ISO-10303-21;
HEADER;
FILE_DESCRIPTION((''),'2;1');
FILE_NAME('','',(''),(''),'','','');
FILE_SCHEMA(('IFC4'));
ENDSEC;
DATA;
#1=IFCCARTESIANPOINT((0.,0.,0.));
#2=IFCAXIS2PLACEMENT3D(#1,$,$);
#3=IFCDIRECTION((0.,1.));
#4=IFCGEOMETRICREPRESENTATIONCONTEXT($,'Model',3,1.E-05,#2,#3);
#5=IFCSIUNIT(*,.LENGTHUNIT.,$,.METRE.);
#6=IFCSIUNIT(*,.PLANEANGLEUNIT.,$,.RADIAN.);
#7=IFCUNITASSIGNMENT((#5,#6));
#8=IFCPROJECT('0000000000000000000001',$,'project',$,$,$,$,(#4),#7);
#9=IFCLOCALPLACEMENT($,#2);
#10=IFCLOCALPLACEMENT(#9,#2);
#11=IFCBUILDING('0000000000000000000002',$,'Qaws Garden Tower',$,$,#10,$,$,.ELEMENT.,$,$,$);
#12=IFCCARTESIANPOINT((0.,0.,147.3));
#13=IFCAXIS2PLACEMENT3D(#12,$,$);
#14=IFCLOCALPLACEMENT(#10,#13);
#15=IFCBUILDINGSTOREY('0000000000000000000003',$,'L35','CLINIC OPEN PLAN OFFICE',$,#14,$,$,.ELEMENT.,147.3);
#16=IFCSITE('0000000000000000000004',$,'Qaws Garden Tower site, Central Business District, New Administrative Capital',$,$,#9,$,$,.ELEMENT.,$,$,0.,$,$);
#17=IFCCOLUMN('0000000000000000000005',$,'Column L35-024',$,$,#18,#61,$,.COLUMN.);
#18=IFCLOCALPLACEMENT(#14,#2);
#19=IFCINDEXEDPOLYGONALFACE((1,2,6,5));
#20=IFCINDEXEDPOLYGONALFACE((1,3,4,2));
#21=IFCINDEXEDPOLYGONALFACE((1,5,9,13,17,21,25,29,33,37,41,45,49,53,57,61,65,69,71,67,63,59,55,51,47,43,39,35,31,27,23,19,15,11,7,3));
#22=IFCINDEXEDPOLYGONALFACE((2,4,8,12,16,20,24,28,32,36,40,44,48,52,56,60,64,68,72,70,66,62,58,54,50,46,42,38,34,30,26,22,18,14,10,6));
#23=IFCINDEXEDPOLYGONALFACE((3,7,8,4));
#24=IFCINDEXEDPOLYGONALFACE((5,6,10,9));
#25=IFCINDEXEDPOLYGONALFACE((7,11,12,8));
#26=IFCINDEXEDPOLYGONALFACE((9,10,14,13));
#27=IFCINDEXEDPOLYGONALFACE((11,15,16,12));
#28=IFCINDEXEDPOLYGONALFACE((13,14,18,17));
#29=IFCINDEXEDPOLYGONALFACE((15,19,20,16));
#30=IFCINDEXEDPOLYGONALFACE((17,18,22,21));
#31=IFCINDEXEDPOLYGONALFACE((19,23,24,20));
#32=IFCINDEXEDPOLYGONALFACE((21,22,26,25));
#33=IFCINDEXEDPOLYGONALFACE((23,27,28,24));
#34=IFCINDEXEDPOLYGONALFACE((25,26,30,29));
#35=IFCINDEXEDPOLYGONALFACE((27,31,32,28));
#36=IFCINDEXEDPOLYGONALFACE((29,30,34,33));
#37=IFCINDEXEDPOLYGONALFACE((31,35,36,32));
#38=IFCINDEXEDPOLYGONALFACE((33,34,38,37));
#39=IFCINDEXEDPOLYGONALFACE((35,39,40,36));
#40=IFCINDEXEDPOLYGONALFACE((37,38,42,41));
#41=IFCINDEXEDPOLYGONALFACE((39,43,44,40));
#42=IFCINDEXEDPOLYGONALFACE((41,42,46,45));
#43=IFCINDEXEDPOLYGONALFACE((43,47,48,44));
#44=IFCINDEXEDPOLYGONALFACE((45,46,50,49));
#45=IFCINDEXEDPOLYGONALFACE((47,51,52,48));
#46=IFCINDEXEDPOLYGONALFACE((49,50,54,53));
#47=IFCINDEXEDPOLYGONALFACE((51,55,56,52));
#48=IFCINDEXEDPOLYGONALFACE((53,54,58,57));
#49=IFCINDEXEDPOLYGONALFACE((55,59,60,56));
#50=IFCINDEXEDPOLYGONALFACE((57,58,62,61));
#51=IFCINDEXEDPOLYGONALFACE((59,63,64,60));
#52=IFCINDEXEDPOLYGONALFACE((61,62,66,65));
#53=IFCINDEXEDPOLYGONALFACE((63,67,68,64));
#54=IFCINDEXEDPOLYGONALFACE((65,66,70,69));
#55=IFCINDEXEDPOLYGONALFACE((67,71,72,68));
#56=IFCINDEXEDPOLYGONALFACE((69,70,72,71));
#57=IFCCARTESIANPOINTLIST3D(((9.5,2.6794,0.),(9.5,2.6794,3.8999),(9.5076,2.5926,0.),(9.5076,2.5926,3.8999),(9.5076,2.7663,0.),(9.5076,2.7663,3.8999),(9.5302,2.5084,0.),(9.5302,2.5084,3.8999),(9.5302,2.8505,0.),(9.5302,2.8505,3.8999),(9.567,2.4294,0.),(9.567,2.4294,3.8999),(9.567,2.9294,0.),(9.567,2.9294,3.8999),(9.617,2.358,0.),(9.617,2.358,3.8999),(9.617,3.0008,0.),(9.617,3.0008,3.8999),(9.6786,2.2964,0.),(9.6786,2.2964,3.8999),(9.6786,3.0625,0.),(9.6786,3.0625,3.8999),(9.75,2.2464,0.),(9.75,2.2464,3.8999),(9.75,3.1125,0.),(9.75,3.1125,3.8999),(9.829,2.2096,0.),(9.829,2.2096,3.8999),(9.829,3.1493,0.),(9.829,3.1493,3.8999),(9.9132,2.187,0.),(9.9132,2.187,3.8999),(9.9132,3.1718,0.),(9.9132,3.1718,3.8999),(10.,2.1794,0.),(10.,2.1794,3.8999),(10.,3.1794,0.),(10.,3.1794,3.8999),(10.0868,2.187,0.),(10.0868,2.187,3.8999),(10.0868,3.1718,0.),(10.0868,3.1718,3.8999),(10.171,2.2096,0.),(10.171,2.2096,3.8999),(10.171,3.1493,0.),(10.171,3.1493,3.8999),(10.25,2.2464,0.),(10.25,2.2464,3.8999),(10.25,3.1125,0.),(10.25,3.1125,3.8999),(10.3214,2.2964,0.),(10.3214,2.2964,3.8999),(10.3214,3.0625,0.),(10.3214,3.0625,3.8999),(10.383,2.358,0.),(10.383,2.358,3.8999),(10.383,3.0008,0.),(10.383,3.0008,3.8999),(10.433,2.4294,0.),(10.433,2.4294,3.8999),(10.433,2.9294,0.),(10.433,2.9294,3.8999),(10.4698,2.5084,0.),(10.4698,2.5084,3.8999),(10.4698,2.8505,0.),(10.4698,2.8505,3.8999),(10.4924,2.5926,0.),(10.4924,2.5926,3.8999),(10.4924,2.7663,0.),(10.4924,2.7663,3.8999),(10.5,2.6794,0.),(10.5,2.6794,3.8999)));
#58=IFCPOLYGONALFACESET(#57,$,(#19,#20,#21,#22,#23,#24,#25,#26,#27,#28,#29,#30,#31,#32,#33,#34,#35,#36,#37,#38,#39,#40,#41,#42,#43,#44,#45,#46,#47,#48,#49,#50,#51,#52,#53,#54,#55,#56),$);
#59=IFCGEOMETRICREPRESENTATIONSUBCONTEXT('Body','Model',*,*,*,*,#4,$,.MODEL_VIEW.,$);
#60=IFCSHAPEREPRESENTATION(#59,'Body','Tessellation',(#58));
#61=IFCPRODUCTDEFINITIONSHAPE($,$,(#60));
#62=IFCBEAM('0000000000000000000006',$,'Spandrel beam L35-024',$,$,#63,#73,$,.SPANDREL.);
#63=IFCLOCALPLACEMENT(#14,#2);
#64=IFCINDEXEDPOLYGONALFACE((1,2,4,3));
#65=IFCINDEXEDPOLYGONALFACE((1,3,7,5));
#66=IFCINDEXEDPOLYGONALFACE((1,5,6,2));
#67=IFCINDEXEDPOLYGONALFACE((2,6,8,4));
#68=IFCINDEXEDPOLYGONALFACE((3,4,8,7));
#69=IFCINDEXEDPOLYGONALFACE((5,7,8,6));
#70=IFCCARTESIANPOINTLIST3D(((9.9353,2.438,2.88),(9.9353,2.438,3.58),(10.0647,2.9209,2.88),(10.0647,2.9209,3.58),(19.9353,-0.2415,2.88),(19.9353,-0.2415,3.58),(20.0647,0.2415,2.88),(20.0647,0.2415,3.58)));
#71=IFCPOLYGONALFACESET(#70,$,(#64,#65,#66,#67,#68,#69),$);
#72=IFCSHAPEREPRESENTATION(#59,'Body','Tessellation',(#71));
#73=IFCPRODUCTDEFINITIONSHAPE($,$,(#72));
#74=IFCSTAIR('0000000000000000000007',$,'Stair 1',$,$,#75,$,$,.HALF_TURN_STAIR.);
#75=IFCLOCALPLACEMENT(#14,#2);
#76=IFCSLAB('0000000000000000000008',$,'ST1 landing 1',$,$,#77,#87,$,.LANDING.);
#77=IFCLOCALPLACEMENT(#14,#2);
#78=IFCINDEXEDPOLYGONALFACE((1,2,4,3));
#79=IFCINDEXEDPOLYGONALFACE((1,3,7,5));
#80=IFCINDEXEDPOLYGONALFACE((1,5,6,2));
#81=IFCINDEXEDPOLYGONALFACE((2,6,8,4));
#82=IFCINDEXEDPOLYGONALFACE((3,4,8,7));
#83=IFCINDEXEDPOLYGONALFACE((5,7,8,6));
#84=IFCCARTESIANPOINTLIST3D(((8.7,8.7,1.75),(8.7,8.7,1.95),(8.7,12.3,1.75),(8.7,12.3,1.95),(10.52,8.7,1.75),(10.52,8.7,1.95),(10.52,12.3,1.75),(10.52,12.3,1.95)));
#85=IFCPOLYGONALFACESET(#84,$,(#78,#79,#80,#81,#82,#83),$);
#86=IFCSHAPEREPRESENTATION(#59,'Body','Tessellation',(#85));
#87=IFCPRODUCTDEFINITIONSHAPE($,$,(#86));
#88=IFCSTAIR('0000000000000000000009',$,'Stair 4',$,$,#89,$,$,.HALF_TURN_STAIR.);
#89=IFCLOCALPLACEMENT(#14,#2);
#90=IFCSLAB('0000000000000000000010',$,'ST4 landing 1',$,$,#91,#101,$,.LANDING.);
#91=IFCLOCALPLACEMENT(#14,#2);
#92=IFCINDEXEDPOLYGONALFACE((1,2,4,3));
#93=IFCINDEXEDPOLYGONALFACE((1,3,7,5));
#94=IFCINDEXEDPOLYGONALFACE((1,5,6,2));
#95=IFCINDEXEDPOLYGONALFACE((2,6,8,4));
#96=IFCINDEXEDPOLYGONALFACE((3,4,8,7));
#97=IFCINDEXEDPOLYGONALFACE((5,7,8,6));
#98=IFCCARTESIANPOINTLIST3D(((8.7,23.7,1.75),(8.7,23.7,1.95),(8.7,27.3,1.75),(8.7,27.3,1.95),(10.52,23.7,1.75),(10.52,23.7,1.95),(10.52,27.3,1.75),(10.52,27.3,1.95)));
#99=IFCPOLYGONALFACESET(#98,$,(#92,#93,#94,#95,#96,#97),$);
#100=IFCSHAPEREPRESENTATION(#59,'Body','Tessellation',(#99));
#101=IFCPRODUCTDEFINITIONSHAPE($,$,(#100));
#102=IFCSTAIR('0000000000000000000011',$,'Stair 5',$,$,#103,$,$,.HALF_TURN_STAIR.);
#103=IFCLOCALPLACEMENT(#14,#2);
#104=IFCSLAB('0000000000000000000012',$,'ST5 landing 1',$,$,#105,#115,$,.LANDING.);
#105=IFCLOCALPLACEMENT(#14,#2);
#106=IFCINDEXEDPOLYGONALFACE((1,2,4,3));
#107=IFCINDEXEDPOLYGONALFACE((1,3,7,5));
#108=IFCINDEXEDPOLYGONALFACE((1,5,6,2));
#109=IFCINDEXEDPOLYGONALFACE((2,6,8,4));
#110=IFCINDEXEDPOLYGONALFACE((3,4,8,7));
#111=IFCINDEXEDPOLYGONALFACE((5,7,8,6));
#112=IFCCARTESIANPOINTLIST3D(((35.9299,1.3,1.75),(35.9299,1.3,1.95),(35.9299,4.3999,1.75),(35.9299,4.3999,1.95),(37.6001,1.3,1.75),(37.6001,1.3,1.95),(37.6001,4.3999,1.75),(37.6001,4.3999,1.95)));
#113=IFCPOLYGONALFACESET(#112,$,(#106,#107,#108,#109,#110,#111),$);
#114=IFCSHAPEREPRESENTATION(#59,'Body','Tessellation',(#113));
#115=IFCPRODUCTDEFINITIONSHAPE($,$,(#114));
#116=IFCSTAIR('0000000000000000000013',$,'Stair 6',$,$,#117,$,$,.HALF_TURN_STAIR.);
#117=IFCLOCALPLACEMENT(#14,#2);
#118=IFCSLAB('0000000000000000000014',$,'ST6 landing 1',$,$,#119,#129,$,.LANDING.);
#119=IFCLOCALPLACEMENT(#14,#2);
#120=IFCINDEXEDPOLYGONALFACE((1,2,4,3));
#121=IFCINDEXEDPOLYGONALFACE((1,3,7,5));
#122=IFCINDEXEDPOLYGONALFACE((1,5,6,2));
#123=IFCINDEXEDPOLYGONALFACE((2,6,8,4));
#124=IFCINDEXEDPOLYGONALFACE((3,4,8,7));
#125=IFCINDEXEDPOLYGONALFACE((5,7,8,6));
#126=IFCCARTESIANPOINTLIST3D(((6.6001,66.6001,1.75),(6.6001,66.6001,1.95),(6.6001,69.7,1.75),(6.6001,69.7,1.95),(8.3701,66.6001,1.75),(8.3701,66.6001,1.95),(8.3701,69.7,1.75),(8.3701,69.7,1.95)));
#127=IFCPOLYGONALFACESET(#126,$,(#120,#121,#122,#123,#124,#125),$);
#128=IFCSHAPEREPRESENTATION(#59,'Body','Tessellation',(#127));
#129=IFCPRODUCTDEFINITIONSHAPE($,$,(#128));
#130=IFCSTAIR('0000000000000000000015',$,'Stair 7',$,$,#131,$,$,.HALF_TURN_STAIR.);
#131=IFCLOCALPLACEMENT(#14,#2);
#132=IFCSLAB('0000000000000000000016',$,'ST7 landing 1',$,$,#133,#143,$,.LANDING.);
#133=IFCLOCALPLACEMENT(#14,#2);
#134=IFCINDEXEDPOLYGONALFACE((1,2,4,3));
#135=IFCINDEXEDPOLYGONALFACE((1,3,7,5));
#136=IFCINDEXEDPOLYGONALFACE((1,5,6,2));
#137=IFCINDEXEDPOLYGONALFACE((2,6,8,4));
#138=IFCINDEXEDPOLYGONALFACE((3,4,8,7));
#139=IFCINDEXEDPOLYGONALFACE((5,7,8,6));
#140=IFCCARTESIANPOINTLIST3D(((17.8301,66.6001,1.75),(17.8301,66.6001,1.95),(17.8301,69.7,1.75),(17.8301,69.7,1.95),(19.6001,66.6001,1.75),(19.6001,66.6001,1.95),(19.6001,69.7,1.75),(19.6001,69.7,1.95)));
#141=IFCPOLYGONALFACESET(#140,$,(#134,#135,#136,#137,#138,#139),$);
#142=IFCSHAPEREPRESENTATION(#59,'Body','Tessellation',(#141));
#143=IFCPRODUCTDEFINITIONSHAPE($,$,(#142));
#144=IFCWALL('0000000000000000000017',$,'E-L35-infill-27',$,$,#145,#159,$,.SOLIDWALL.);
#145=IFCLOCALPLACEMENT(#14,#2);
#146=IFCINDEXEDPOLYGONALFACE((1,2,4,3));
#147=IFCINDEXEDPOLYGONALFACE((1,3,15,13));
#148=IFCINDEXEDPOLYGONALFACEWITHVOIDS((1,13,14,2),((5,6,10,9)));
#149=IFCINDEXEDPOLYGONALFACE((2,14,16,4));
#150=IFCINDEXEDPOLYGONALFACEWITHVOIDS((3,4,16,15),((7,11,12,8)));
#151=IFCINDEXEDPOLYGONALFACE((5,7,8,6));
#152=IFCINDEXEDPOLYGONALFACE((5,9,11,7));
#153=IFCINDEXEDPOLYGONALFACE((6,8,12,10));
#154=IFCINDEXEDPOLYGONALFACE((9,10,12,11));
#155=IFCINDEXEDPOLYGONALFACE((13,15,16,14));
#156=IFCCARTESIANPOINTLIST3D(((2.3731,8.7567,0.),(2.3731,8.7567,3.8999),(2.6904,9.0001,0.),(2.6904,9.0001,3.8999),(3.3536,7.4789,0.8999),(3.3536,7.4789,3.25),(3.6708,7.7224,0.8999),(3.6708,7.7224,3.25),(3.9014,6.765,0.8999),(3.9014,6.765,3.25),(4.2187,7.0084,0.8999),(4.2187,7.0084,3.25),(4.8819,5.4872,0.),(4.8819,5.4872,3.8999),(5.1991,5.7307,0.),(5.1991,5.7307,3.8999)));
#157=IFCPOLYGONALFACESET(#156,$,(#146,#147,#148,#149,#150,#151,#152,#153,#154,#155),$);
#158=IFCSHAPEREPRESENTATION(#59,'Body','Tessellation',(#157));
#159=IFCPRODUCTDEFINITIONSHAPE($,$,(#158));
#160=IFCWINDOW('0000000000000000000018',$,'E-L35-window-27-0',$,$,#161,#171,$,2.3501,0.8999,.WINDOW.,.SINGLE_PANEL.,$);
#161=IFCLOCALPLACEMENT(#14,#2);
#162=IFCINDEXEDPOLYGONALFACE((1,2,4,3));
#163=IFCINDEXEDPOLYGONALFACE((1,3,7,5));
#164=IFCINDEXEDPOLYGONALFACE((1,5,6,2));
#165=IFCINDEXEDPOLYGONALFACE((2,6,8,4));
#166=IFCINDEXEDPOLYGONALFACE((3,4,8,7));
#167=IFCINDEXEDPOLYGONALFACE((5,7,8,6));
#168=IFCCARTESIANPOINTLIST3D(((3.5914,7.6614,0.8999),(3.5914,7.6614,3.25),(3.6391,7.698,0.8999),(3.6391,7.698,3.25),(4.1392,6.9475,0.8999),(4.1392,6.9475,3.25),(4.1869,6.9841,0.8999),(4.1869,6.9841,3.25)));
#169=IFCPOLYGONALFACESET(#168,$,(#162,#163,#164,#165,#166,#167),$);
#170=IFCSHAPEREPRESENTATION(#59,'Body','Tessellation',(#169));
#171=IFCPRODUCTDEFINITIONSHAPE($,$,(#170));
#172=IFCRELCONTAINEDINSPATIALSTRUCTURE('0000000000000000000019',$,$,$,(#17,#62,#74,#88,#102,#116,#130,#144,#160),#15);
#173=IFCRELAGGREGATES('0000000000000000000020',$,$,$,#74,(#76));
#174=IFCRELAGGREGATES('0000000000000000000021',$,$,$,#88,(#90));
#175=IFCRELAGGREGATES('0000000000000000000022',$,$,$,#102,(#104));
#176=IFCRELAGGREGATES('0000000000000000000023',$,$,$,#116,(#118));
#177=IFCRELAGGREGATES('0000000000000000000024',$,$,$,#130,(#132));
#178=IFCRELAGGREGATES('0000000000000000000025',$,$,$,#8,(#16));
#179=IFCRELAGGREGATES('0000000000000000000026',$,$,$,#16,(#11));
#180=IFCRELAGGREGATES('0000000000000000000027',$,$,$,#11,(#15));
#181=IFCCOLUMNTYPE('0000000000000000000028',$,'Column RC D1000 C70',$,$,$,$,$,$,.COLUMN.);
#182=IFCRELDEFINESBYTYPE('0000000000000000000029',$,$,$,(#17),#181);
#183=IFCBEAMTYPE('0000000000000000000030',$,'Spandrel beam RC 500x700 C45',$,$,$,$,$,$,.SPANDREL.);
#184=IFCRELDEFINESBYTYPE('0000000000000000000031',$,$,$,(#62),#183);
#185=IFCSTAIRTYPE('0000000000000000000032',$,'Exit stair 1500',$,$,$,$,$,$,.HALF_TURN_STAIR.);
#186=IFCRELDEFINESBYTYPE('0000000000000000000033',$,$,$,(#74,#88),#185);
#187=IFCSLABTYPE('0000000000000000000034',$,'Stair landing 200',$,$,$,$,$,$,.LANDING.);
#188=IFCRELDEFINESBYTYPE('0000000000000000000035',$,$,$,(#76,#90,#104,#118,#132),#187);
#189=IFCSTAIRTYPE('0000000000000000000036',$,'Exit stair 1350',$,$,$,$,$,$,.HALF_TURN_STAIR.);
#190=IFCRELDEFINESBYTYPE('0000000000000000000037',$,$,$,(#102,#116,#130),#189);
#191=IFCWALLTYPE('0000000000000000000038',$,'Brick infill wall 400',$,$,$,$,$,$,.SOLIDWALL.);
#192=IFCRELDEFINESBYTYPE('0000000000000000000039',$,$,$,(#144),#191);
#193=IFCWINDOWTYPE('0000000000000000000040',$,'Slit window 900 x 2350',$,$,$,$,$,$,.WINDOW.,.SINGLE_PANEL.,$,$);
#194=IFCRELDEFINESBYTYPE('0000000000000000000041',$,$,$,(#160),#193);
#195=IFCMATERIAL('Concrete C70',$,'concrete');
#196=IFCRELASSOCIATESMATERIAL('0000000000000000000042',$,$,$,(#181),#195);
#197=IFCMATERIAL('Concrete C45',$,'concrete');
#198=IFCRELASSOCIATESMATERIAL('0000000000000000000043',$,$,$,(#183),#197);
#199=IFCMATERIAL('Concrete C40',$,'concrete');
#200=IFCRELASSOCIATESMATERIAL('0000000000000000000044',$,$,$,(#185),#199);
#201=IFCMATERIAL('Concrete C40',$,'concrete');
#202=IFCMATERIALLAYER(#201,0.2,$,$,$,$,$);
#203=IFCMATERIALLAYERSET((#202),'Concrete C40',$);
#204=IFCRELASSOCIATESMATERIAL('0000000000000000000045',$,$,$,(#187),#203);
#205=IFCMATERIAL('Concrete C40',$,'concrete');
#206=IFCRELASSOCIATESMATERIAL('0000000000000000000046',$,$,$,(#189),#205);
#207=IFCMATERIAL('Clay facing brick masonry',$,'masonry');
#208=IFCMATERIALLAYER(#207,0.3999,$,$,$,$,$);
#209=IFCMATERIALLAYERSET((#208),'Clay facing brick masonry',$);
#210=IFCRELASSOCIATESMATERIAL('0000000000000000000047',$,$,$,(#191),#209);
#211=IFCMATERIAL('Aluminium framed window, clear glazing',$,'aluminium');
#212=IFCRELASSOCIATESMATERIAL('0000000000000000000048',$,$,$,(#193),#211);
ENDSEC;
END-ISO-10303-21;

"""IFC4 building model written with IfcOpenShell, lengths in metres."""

from ifc_helpers import new_model, si_unit, direction, frame, frame_2d, origin, origin_2d, place, context, subcontext, project, spatial, polyline, rectangle, circle, outline, extrude, material, layer, layer_set, material_profile, profile_set, type_object, element, fill, aggregate, save


model = new_model("IFC4")

# Units and contexts
model_context = context("Model", 3, precision=1e-05, world=origin(), true_north=direction((0.0, 1.0)))
body_context = subcontext(model_context, "Body", "Model", "MODEL_VIEW")
ifc_project = project(units=[si_unit("LENGTHUNIT", "METRE"), si_unit("PLANEANGLEUNIT", "RADIAN")], contexts=[model_context])

# Site, building, storey
site_placement = place(None, origin())
site = spatial("IfcSite", under=ifc_project, at=site_placement, Name="Qaws Garden Tower site, Central Business District, New Administrative Capital", CompositionType="ELEMENT", RefElevation=0.0)
building_placement = place(site_placement, origin())
building = spatial("IfcBuilding", under=site, at=building_placement, Name="Qaws Garden Tower", CompositionType="ELEMENT")
storey_placement = place(building_placement, frame((0.0, 0.0, 147.3)))
storey = spatial("IfcBuildingStorey", under=building, at=storey_placement, Name="L35", Description="CLINIC OPEN PLAN OFFICE", CompositionType="ELEMENT", Elevation=147.3)

# Column
ifc_material_1 = material(Name="Concrete C70", Category="concrete")
ifc_material_profile_1 = material_profile(ifc_material_1, circle(Radius=0.5, at=origin_2d()), Name="RC D1000")
ifc_profile_set_1 = profile_set([ifc_material_profile_1], Name="Concrete C70")
column_type = type_object("IfcColumnType", Name="Column RC D1000 C70", PredefinedType="COLUMN", material=ifc_profile_set_1)
column_placement = place(storey_placement, frame((10.0, 2.6794, 0.0), z_axis=(0.0, 0.0, 1.0), x_axis=(1.0, 0.0, 0.0)))
element("IfcColumn", 1, at=column_placement, inside=storey, type_object=column_type, Name="Column L35-024", PredefinedType="COLUMN", context=body_context, shape_type="SweptSolid", body=[
    extrude(circle(Radius=0.5, at=origin_2d()), origin(), (0.0, 0.0, 1.0), 3.8999),
])

# Beam
ifc_material_2 = material(Name="Concrete C45", Category="concrete")
ifc_material_profile_2 = material_profile(ifc_material_2, rectangle(XDim=0.5, YDim=0.7, at=origin_2d()), Name="RC 500x700")
ifc_profile_set_2 = profile_set([ifc_material_profile_2], Name="Concrete C45")
beam_type = type_object("IfcBeamType", Name="Spandrel beam RC 500x700 C45", PredefinedType="SPANDREL", material=ifc_profile_set_2)
beam_placement = place(storey_placement, frame((10.0, 2.6794, 3.23), z_axis=(0.965927, -0.258815, 0.0), x_axis=(0.258815, 0.965927, 0.0)))
element("IfcBeam", 2, at=beam_placement, inside=storey, type_object=beam_type, Name="Spandrel beam L35-024", PredefinedType="SPANDREL", context=body_context, shape_type="SweptSolid", body=[
    extrude(rectangle(XDim=0.5, YDim=0.7, at=origin_2d()), origin(), (0.0, 0.0, 1.0), 10.3528),
])

# Stairs, slabs
ifc_material_3 = material(Name="Concrete C40", Category="concrete")
stair_type_1 = type_object("IfcStairType", Name="Exit stair 1500", PredefinedType="HALF_TURN_STAIR", material=ifc_material_3)
placement_1 = place(storey_placement, origin())
stair_1 = element("IfcStair", 3, at=placement_1, inside=storey, type_object=stair_type_1, Name="Stair 1", PredefinedType="HALF_TURN_STAIR")
ifc_material_4 = material(Name="Concrete C40", Category="concrete")
ifc_layer_1 = layer(ifc_material_4, 0.2)
ifc_layer_set_1 = layer_set([ifc_layer_1], Name="Concrete C40")
slab_type = type_object("IfcSlabType", Name="Stair landing 200", PredefinedType="LANDING", material=ifc_layer_set_1)
placement_2 = place(storey_placement, frame((0.0, 0.0, 1.75)))
slab_1 = element("IfcSlab", 4, at=placement_2, type_object=slab_type, Name="ST1 landing 1", PredefinedType="LANDING", context=body_context, shape_type="SweptSolid", body=[
    extrude(outline(polyline([(8.7, 8.7), (10.52, 8.7), (10.52, 12.3), (8.7, 12.3), (8.7, 8.7)])), origin(), (0.0, 0.0, 1.0), 0.2),
])
aggregate(stair_1, [slab_1])
stair_2 = element("IfcStair", 5, at=placement_1, inside=storey, type_object=stair_type_1, Name="Stair 4", PredefinedType="HALF_TURN_STAIR")
slab_2 = element("IfcSlab", 6, at=placement_2, type_object=slab_type, Name="ST4 landing 1", PredefinedType="LANDING", context=body_context, shape_type="SweptSolid", body=[
    extrude(outline(polyline([(8.7, 23.7), (10.52, 23.7), (10.52, 27.3), (8.7, 27.3), (8.7, 23.7)])), origin(), (0.0, 0.0, 1.0), 0.2),
])
aggregate(stair_2, [slab_2])
ifc_material_5 = material(Name="Concrete C40", Category="concrete")
stair_type_2 = type_object("IfcStairType", Name="Exit stair 1350", PredefinedType="HALF_TURN_STAIR", material=ifc_material_5)
stair_3 = element("IfcStair", 7, at=placement_1, inside=storey, type_object=stair_type_2, Name="Stair 5", PredefinedType="HALF_TURN_STAIR")
slab_3 = element("IfcSlab", 8, at=placement_2, type_object=slab_type, Name="ST5 landing 1", PredefinedType="LANDING", context=body_context, shape_type="SweptSolid", body=[
    extrude(outline(polyline([(35.9299, 1.3), (37.6001, 1.3), (37.6001, 4.3999), (35.9299, 4.3999), (35.9299, 1.3)])), origin(), (0.0, 0.0, 1.0), 0.2),
])
aggregate(stair_3, [slab_3])
stair_4 = element("IfcStair", 9, at=placement_1, inside=storey, type_object=stair_type_2, Name="Stair 6", PredefinedType="HALF_TURN_STAIR")
slab_4 = element("IfcSlab", 10, at=placement_2, type_object=slab_type, Name="ST6 landing 1", PredefinedType="LANDING", context=body_context, shape_type="SweptSolid", body=[
    extrude(outline(polyline([(6.6001, 66.6001), (8.3701, 66.6001), (8.3701, 69.7), (6.6001, 69.7), (6.6001, 66.6001)])), origin(), (0.0, 0.0, 1.0), 0.2),
])
aggregate(stair_4, [slab_4])
stair_5 = element("IfcStair", 11, at=placement_1, inside=storey, type_object=stair_type_2, Name="Stair 7", PredefinedType="HALF_TURN_STAIR")
slab_5 = element("IfcSlab", 12, at=placement_2, type_object=slab_type, Name="ST7 landing 1", PredefinedType="LANDING", context=body_context, shape_type="SweptSolid", body=[
    extrude(outline(polyline([(17.8301, 66.6001), (19.6001, 66.6001), (19.6001, 69.7), (17.8301, 69.7), (17.8301, 66.6001)])), origin(), (0.0, 0.0, 1.0), 0.2),
])
aggregate(stair_5, [slab_5])

# Wall, opening, window
ifc_material_6 = material(Name="Clay facing brick masonry", Category="masonry")
ifc_layer_2 = layer(ifc_material_6, 0.3999)
ifc_layer_set_2 = layer_set([ifc_layer_2], Name="Clay facing brick masonry")
wall_type_1 = type_object("IfcWallType", Name="Brick infill wall 400", PredefinedType="SOLIDWALL", material=ifc_layer_set_2)
wall_1_placement = place(storey_placement, frame((2.5317, 8.8784, 0.0), z_axis=(0.0, 0.0, 1.0), x_axis=(0.60876, -0.793355, 0.0)))
wall_1 = element("IfcWall", 13, at=wall_1_placement, inside=storey, type_object=wall_type_1, Name="E-L35-infill-27", PredefinedType="SOLIDWALL", context=body_context, shape_type="SweptSolid", body=[
    extrude(rectangle(XDim=4.1211, YDim=0.3999, at=frame_2d((2.0605, 0.0))), origin(), (0.0, 0.0, 1.0), 3.8999),
])
opening_1_placement = place(wall_1_placement, frame((1.6106, 0.0, 0.8999)))
opening_1 = element("IfcOpeningElement", 14, at=opening_1_placement, cuts=wall_1, PredefinedType="OPENING", context=body_context, shape_type="SweptSolid", body=[
    extrude(rectangle(XDim=0.8999, YDim=2.3501, at=frame_2d((0.45, 1.175))), frame((0.0, 0.21, 0.0), z_axis=(0.0, -1.0, 0.0), x_axis=(1.0, 0.0, 0.0)), (0.0, 0.0, 1.0), 0.4199),
])
ifc_material_7 = material(Name="Aluminium framed window, clear glazing", Category="aluminium")
window_type = type_object("IfcWindowType", Name="Slit window 900 x 2350", PartitioningType="SINGLE_PANEL", PredefinedType="WINDOW", material=ifc_material_7)
window_1_placement = place(opening_1_placement, origin())
window_1 = element("IfcWindow", 15, at=window_1_placement, inside=storey, type_object=window_type, Name="E-L35-window-27-0", OverallHeight=2.3501, OverallWidth=0.8999, PartitioningType="SINGLE_PANEL", PredefinedType="WINDOW", context=body_context, shape_type="SweptSolid", body=[
    extrude(rectangle(XDim=0.8999, YDim=2.3501, at=frame_2d((0.45, 1.175))), frame((0.0, 0.1599, 0.0), z_axis=(0.0, -1.0, 0.0), x_axis=(1.0, 0.0, 0.0)), (0.0, 0.0, 1.0), 0.0601),
])
fill(opening_1, window_1)

save(model, "model.ifc")
